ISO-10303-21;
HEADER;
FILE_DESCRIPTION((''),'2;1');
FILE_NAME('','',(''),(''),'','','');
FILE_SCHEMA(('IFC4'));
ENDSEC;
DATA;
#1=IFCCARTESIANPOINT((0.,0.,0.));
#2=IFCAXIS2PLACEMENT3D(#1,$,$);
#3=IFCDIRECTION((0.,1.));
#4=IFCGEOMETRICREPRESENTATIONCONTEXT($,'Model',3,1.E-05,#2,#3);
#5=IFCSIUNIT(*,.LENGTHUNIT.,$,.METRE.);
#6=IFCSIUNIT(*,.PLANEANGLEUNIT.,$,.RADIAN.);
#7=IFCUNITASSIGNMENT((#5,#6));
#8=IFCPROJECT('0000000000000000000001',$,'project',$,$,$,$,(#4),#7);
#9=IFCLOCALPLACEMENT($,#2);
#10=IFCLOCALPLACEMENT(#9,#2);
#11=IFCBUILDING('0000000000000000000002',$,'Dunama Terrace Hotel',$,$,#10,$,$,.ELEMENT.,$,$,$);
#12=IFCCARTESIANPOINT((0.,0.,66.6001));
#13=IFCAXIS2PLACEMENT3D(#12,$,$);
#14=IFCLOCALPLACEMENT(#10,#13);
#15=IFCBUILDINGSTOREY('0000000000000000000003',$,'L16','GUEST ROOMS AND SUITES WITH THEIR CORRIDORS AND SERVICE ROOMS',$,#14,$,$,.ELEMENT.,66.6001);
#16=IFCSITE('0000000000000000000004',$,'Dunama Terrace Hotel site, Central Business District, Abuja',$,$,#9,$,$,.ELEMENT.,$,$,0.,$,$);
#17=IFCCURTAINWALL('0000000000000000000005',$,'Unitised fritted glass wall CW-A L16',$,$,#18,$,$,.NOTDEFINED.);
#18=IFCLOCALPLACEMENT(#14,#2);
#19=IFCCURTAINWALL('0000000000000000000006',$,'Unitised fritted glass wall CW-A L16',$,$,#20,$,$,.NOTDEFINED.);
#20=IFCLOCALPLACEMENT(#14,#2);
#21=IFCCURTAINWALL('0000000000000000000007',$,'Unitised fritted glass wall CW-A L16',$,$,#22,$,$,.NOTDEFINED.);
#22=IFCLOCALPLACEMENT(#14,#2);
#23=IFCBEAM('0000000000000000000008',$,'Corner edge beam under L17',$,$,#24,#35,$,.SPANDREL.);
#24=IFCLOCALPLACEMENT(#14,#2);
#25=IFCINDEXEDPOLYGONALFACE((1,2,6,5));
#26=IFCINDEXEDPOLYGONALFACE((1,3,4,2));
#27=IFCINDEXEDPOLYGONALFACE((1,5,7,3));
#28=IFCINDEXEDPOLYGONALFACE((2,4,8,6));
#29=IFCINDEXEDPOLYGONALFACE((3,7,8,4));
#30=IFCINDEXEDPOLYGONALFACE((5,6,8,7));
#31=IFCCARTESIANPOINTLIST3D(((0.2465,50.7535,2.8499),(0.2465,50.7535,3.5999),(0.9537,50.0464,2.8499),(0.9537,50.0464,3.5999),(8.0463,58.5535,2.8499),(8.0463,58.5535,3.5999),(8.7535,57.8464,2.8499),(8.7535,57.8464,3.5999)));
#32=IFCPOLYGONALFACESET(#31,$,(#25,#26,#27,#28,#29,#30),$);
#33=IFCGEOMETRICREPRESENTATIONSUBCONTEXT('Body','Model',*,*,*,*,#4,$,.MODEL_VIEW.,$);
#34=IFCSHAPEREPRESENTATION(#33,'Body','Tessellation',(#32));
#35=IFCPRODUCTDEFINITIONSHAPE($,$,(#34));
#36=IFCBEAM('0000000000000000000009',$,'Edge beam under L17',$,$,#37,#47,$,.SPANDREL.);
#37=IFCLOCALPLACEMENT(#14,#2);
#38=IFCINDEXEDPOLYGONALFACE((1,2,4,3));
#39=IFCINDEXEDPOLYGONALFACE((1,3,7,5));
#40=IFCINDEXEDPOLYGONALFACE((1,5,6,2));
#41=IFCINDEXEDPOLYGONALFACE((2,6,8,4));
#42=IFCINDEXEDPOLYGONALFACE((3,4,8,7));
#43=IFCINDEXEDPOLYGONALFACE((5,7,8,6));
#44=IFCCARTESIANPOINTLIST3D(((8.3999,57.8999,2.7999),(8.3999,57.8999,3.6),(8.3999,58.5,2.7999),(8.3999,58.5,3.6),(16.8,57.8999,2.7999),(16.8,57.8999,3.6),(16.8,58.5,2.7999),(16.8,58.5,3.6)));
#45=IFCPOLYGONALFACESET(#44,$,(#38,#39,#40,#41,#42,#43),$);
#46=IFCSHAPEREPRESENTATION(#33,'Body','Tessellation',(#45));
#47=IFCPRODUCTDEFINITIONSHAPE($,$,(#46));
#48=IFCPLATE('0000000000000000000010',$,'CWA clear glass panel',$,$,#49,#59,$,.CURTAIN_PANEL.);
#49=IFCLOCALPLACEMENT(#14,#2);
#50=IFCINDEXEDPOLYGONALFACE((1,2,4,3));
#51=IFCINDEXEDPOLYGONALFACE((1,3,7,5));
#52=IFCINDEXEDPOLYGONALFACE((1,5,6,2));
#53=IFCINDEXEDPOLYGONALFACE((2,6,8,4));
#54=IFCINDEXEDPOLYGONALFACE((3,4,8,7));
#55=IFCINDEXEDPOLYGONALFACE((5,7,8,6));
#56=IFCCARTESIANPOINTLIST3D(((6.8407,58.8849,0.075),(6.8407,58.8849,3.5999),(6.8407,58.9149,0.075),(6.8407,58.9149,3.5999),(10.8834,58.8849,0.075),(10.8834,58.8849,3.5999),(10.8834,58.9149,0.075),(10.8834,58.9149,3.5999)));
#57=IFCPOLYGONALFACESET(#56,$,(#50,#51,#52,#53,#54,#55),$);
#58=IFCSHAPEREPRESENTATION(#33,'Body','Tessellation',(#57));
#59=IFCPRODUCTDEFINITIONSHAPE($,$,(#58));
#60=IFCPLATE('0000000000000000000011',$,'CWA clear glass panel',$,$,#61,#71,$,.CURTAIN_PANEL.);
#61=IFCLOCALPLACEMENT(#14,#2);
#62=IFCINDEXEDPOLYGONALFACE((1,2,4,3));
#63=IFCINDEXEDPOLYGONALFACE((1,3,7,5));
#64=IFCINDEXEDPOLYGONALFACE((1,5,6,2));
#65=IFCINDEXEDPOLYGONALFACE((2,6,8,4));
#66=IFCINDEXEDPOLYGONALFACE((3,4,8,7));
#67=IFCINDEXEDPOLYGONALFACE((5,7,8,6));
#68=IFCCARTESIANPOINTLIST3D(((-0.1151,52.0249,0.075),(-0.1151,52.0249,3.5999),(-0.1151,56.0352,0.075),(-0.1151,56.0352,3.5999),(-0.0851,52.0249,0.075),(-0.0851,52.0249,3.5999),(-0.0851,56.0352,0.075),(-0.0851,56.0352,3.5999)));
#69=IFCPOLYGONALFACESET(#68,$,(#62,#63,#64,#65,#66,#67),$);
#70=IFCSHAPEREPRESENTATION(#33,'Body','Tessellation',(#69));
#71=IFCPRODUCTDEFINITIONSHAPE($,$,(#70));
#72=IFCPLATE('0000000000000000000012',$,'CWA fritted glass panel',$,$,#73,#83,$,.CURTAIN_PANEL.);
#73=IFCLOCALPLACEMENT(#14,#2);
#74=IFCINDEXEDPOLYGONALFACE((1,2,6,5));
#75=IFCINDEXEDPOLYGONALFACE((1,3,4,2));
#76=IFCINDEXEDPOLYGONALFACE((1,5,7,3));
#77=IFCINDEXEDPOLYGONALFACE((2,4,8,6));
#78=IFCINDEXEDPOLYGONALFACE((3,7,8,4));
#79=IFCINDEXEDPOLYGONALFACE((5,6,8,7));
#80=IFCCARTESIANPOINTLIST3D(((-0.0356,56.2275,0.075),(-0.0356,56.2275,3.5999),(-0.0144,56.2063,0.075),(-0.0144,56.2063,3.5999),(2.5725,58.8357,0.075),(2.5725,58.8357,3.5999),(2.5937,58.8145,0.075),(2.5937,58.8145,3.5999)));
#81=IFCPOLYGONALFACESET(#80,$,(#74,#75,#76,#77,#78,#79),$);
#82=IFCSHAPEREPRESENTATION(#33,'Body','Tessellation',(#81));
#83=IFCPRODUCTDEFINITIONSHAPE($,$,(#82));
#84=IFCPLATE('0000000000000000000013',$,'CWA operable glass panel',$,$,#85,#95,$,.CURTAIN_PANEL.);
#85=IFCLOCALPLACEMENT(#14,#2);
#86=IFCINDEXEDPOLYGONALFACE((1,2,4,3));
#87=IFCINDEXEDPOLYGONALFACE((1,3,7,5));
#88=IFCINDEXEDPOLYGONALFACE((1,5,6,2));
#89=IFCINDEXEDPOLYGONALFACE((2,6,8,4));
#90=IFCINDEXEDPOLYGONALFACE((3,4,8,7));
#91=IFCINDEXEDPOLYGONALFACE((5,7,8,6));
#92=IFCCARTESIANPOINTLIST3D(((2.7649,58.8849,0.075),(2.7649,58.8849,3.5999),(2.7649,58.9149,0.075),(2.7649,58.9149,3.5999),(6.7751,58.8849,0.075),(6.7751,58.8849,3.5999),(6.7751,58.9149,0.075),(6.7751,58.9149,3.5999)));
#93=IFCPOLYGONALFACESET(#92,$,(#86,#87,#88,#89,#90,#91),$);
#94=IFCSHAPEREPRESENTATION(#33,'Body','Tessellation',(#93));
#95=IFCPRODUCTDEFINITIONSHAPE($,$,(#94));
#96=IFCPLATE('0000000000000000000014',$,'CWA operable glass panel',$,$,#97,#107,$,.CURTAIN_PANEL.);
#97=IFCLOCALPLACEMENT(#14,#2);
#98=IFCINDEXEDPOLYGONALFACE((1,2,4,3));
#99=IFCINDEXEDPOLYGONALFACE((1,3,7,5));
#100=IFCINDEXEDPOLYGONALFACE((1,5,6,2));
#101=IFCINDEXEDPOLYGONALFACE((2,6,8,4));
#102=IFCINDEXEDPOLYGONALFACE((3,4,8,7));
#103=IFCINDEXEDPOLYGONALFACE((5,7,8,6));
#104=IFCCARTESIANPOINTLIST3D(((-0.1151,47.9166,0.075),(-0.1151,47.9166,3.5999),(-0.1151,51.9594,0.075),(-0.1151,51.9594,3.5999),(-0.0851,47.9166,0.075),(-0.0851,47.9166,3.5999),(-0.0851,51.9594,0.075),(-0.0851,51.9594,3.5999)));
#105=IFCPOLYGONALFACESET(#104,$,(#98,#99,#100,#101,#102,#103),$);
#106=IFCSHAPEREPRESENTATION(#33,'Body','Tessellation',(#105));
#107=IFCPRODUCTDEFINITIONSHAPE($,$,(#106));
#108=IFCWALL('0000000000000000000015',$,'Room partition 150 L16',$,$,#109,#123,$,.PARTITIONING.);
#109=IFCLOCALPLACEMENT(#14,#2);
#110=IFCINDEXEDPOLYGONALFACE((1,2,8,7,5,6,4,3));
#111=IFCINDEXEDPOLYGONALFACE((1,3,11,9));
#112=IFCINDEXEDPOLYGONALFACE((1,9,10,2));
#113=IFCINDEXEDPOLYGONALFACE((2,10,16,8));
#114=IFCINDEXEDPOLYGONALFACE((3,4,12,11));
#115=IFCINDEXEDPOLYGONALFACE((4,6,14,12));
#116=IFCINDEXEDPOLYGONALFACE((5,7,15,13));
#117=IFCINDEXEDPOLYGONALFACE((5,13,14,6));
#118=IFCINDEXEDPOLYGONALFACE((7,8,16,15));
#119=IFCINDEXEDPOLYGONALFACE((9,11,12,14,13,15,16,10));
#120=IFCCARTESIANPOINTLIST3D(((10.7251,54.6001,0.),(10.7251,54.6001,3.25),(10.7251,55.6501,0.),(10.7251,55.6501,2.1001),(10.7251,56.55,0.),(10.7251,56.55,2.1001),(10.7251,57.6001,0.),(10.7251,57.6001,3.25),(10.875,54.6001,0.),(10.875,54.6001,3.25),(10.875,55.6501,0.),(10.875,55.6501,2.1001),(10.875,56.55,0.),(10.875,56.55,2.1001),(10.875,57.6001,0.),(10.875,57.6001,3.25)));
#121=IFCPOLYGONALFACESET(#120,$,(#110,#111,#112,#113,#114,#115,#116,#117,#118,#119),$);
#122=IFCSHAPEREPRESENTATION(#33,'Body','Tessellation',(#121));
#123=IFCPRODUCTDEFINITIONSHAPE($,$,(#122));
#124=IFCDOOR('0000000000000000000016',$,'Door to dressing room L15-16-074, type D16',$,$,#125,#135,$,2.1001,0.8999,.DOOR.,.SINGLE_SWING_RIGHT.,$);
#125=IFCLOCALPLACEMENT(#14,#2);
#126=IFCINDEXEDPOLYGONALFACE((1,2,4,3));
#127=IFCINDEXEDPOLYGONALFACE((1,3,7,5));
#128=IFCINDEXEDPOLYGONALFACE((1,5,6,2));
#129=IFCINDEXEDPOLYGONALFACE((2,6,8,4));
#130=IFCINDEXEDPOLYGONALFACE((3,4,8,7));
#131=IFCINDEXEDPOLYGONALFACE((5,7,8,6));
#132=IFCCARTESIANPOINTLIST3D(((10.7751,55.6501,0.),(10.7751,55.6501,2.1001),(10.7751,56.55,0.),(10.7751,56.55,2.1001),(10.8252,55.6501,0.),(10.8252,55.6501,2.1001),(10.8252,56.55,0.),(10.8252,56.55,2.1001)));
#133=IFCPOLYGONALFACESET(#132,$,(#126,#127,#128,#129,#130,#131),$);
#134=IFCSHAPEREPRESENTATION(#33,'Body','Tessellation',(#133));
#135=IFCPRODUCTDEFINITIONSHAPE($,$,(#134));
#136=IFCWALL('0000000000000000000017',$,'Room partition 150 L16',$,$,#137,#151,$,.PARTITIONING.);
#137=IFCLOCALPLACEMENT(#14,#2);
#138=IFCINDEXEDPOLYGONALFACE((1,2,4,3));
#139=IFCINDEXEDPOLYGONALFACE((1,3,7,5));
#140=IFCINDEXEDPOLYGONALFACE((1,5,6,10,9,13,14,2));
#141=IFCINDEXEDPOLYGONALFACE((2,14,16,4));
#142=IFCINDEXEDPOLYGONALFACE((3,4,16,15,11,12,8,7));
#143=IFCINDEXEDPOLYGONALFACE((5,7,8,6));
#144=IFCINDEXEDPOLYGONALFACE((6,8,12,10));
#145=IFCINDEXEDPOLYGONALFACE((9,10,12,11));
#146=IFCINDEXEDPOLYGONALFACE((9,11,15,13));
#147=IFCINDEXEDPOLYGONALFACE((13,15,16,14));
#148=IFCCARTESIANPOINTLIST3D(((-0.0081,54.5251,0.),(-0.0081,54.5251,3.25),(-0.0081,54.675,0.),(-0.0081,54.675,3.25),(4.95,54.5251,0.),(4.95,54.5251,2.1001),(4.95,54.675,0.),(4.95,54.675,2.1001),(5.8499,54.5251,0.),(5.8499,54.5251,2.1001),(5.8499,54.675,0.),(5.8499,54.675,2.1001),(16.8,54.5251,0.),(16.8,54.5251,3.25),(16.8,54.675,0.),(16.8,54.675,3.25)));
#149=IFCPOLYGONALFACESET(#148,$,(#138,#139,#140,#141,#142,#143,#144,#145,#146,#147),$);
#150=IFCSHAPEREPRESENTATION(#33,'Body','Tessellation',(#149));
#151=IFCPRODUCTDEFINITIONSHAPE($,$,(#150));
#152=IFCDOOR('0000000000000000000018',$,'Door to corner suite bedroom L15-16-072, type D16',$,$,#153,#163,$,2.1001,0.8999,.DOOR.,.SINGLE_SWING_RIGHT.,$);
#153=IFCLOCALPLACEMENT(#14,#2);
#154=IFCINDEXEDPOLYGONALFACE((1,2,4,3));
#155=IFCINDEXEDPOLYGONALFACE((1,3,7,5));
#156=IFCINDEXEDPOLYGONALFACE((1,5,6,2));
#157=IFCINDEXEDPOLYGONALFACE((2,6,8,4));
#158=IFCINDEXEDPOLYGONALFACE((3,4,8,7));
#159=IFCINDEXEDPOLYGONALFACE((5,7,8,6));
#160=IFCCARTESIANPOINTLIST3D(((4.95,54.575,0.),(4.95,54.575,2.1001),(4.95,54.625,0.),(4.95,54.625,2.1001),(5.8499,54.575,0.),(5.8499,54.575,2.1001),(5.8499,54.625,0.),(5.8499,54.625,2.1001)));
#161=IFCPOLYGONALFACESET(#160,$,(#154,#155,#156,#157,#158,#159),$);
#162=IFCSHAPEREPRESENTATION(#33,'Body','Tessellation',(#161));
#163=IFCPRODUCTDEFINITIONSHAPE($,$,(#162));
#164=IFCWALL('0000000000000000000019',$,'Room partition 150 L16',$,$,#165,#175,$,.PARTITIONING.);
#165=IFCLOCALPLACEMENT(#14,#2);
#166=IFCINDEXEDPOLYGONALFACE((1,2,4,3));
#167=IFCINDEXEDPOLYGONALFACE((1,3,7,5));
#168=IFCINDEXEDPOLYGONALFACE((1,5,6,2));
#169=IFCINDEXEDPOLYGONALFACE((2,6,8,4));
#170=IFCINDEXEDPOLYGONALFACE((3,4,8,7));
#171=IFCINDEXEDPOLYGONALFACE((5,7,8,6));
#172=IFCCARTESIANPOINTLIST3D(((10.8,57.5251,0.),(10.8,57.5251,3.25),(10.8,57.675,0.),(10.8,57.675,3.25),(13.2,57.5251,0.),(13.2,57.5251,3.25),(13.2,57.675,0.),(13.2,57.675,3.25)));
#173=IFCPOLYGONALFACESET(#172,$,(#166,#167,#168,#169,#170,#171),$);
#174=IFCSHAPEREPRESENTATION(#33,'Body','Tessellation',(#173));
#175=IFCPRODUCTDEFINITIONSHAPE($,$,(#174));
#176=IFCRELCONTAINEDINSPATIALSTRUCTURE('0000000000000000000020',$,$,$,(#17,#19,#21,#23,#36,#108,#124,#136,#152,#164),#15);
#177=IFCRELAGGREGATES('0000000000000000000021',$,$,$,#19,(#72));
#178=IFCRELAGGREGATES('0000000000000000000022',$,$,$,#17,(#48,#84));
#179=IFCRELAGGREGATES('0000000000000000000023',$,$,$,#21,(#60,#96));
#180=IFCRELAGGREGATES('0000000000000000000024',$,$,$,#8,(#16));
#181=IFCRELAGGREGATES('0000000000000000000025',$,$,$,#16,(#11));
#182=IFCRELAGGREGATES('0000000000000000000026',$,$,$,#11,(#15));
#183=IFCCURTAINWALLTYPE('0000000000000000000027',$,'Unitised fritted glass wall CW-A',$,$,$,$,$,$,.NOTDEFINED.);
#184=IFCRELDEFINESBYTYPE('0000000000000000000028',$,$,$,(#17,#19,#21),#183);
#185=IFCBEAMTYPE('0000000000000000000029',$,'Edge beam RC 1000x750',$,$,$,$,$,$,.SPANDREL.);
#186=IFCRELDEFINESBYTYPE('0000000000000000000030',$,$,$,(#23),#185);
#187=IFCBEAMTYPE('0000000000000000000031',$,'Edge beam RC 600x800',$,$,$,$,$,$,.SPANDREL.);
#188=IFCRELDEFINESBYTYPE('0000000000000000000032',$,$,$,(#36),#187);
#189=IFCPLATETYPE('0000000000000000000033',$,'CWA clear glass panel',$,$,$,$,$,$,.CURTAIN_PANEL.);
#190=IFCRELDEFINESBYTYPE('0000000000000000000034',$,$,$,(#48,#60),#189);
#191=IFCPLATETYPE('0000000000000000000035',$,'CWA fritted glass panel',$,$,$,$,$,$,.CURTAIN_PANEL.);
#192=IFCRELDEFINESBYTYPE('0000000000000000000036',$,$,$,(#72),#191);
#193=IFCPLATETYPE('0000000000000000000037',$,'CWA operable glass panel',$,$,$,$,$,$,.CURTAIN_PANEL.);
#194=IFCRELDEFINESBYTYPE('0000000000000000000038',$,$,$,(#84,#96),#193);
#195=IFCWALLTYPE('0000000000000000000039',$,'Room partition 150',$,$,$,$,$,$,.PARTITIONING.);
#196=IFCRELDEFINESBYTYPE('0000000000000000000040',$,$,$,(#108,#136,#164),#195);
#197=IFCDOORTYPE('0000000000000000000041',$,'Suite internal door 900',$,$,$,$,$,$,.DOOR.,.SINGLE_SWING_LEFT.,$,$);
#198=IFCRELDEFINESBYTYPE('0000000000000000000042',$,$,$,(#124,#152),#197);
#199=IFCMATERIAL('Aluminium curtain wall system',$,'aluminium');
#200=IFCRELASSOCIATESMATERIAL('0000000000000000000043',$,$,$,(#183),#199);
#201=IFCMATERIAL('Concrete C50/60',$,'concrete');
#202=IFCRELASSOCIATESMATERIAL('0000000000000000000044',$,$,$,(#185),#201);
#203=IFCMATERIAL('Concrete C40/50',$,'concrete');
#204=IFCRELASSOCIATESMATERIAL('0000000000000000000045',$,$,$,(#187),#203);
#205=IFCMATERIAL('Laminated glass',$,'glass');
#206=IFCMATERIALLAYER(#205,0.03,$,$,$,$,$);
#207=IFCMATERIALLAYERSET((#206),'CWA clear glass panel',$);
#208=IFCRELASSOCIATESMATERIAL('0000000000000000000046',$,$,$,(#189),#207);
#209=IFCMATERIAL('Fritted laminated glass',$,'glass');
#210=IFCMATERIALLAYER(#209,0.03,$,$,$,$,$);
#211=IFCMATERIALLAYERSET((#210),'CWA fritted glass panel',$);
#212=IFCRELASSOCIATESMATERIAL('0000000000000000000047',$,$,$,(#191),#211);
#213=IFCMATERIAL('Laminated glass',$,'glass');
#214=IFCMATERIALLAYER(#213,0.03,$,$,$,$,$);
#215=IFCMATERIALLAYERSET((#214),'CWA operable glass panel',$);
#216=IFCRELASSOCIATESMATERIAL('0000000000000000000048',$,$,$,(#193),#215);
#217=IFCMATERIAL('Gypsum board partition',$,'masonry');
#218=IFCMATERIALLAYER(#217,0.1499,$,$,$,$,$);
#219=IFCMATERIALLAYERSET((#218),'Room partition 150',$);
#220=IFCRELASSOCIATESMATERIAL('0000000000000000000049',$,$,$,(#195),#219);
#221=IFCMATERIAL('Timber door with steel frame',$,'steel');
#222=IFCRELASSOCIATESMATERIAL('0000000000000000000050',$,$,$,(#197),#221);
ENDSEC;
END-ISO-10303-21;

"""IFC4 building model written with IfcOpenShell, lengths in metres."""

from ifc_helpers import new_model, si_unit, direction, frame, frame_2d, origin, origin_2d, place, context, subcontext, project, spatial, rectangle, extrude, material, layer, layer_set, material_profile, profile_set, type_object, element, fill, aggregate, save


model = new_model("IFC4")

# Units and contexts
model_context = context("Model", 3, precision=1e-05, world=origin(), true_north=direction((0.0, 1.0)))
body_context = subcontext(model_context, "Body", "Model", "MODEL_VIEW")
ifc_project = project(units=[si_unit("LENGTHUNIT", "METRE"), si_unit("PLANEANGLEUNIT", "RADIAN")], contexts=[model_context])

# Site, building, storey
site_placement = place(None, origin())
site = spatial("IfcSite", under=ifc_project, at=site_placement, Name="Dunama Terrace Hotel site, Central Business District, Abuja", CompositionType="ELEMENT", RefElevation=0.0)
building_placement = place(site_placement, origin())
building = spatial("IfcBuilding", under=site, at=building_placement, Name="Dunama Terrace Hotel", CompositionType="ELEMENT")
storey_placement = place(building_placement, frame((0.0, 0.0, 66.6001)))
storey = spatial("IfcBuildingStorey", under=building, at=storey_placement, Name="L16", Description="GUEST ROOMS AND SUITES WITH THEIR CORRIDORS AND SERVICE ROOMS", CompositionType="ELEMENT", Elevation=66.6001)

# Curtain walls
ifc_material_1 = material(Name="Aluminium curtain wall system", Category="aluminium")
curtain_wall_type = type_object("IfcCurtainWallType", Name="Unitised fritted glass wall CW-A", PredefinedType="NOTDEFINED", material=ifc_material_1)
curtain_wall_1_placement = place(storey_placement, origin())
curtain_wall_1 = element("IfcCurtainWall", 1, at=curtain_wall_1_placement, inside=storey, type_object=curtain_wall_type, Name="Unitised fritted glass wall CW-A L16", PredefinedType="NOTDEFINED")
curtain_wall_2_placement = place(storey_placement, origin())
curtain_wall_2 = element("IfcCurtainWall", 2, at=curtain_wall_2_placement, inside=storey, type_object=curtain_wall_type, Name="Unitised fritted glass wall CW-A L16", PredefinedType="NOTDEFINED")
curtain_wall_3_placement = place(storey_placement, origin())
curtain_wall_3 = element("IfcCurtainWall", 3, at=curtain_wall_3_placement, inside=storey, type_object=curtain_wall_type, Name="Unitised fritted glass wall CW-A L16", PredefinedType="NOTDEFINED")

# Beams
ifc_material_2 = material(Name="Concrete C50/60", Category="concrete")
ifc_material_profile_1 = material_profile(ifc_material_2, rectangle(XDim=1.0, YDim=0.75, at=origin_2d()), Name="RC 1000x750")
ifc_profile_set_1 = profile_set([ifc_material_profile_1], Name="Concrete C50/60")
beam_type_1 = type_object("IfcBeamType", Name="Edge beam RC 1000x750", PredefinedType="SPANDREL", material=ifc_profile_set_1)
beam_1_placement = place(storey_placement, frame((8.3999, 58.2, 3.2249), z_axis=(-0.707096, -0.707118, 0.0), x_axis=(0.707118, -0.707096, 0.0)))
element("IfcBeam", 4, at=beam_1_placement, inside=storey, type_object=beam_type_1, Name="Corner edge beam under L17", PredefinedType="SPANDREL", context=body_context, shape_type="SweptSolid", body=[
    extrude(rectangle(XDim=1.0, YDim=0.75, at=origin_2d()), origin(), (0.0, 0.0, 1.0), 11.0308),
])
ifc_material_3 = material(Name="Concrete C40/50", Category="concrete")
ifc_material_profile_2 = material_profile(ifc_material_3, rectangle(XDim=0.6001, YDim=0.8, at=origin_2d()), Name="RC 600x800")
ifc_profile_set_2 = profile_set([ifc_material_profile_2], Name="Concrete C40/50")
beam_type_2 = type_object("IfcBeamType", Name="Edge beam RC 600x800", PredefinedType="SPANDREL", material=ifc_profile_set_2)
beam_2_placement = place(storey_placement, frame((8.3999, 58.2, 3.2), z_axis=(1.0, 0.0, 0.0), x_axis=(0.0, 1.0, 0.0)))
element("IfcBeam", 5, at=beam_2_placement, inside=storey, type_object=beam_type_2, Name="Edge beam under L17", PredefinedType="SPANDREL", context=body_context, shape_type="SweptSolid", body=[
    extrude(rectangle(XDim=0.6001, YDim=0.8, at=origin_2d()), origin(), (0.0, 0.0, 1.0), 8.4001),
])

# Plates
ifc_material_4 = material(Name="Laminated glass", Category="glass")
ifc_layer_1 = layer(ifc_material_4, 0.03)
ifc_layer_set_1 = layer_set([ifc_layer_1], Name="CWA clear glass panel")
plate_type_1 = type_object("IfcPlateType", Name="CWA clear glass panel", PredefinedType="CURTAIN_PANEL", material=ifc_layer_set_1)
plate_1_placement = place(storey_placement, frame((8.8621, 58.8999, 0.075), z_axis=(0.0, 0.0, 1.0), x_axis=(-1.0, 0.0, 0.0)))
plate_1 = element("IfcPlate", 6, at=plate_1_placement, type_object=plate_type_1, Name="CWA clear glass panel", PredefinedType="CURTAIN_PANEL", context=body_context, shape_type="SweptSolid", body=[
    extrude(rectangle(XDim=4.0427, YDim=0.03, at=origin_2d()), origin(), (0.0, 0.0, 1.0), 3.5249),
])
plate_2_placement = place(storey_placement, frame((-0.1001, 54.03, 0.075), z_axis=(0.0, 0.0, 1.0), x_axis=(0.0, -1.0, 0.0)))
plate_2 = element("IfcPlate", 7, at=plate_2_placement, type_object=plate_type_1, Name="CWA clear glass panel", PredefinedType="CURTAIN_PANEL", context=body_context, shape_type="SweptSolid", body=[
    extrude(rectangle(XDim=4.0103, YDim=0.03, at=origin_2d()), origin(), (0.0, 0.0, 1.0), 3.5249),
])
ifc_material_5 = material(Name="Fritted laminated glass", Category="glass")
ifc_layer_2 = layer(ifc_material_5, 0.03)
ifc_layer_set_2 = layer_set([ifc_layer_2], Name="CWA fritted glass panel")
plate_type_2 = type_object("IfcPlateType", Name="CWA fritted glass panel", PredefinedType="CURTAIN_PANEL", material=ifc_layer_set_2)
plate_3_placement = place(storey_placement, frame((1.2791, 57.521, 0.075), z_axis=(0.0, 0.0, 1.0), x_axis=(-0.707107, -0.707107, 0.0)))
plate_3 = element("IfcPlate", 8, at=plate_3_placement, type_object=plate_type_2, Name="CWA fritted glass panel", PredefinedType="CURTAIN_PANEL", context=body_context, shape_type="SweptSolid", body=[
    extrude(rectangle(XDim=3.6885, YDim=0.03, at=origin_2d()), origin(), (0.0, 0.0, 1.0), 3.5249),
])
aggregate(curtain_wall_2, [plate_3])
ifc_material_6 = material(Name="Laminated glass", Category="glass")
ifc_layer_3 = layer(ifc_material_6, 0.03)
ifc_layer_set_3 = layer_set([ifc_layer_3], Name="CWA operable glass panel")
plate_type_3 = type_object("IfcPlateType", Name="CWA operable glass panel", PredefinedType="CURTAIN_PANEL", material=ifc_layer_set_3)
plate_4_placement = place(storey_placement, frame((4.77, 58.8999, 0.075), z_axis=(0.0, 0.0, 1.0), x_axis=(-1.0, 0.0, 0.0)))
plate_4 = element("IfcPlate", 9, at=plate_4_placement, type_object=plate_type_3, Name="CWA operable glass panel", PredefinedType="CURTAIN_PANEL", context=body_context, shape_type="SweptSolid", body=[
    extrude(rectangle(XDim=4.0103, YDim=0.03, at=origin_2d()), origin(), (0.0, 0.0, 1.0), 3.5249),
])
aggregate(curtain_wall_1, [plate_1, plate_4])
plate_5_placement = place(storey_placement, frame((-0.1001, 49.938, 0.075), z_axis=(0.0, 0.0, 1.0), x_axis=(0.0, -1.0, 0.0)))
plate_5 = element("IfcPlate", 10, at=plate_5_placement, type_object=plate_type_3, Name="CWA operable glass panel", PredefinedType="CURTAIN_PANEL", context=body_context, shape_type="SweptSolid", body=[
    extrude(rectangle(XDim=4.0427, YDim=0.03, at=origin_2d()), origin(), (0.0, 0.0, 1.0), 3.5249),
])
aggregate(curtain_wall_3, [plate_2, plate_5])

# Walls, openings, doors
ifc_material_7 = material(Name="Gypsum board partition", Category="masonry")
ifc_layer_4 = layer(ifc_material_7, 0.1499)
ifc_layer_set_4 = layer_set([ifc_layer_4], Name="Room partition 150")
wall_type = type_object("IfcWallType", Name="Room partition 150", PredefinedType="PARTITIONING", material=ifc_layer_set_4)
wall_1_placement = place(storey_placement, frame((10.8, 54.6001, 0.0), z_axis=(0.0, 0.0, 1.0), x_axis=(0.0, 1.0, 0.0)))
wall_1 = element("IfcWall", 11, at=wall_1_placement, inside=storey, type_object=wall_type, Name="Room partition 150 L16", PredefinedType="PARTITIONING", context=body_context, shape_type="SweptSolid", body=[
    extrude(rectangle(XDim=3.0, YDim=0.1499, at=frame_2d((1.5, 0.0))), origin(), (0.0, 0.0, 1.0), 3.25),
])
opening_1_placement = place(wall_1_placement, frame((1.05, 0.0, 0.0)))
opening_1 = element("IfcOpeningElement", 12, at=opening_1_placement, cuts=wall_1, PredefinedType="OPENING", context=body_context, shape_type="SweptSolid", body=[
    extrude(rectangle(XDim=0.8999, YDim=2.1001, at=frame_2d((0.45, 1.05))), frame((0.0, 0.085, 0.0), z_axis=(0.0, -1.0, 0.0), x_axis=(1.0, 0.0, 0.0)), (0.0, 0.0, 1.0), 0.1699),
])
ifc_material_8 = material(Name="Timber door with steel frame", Category="steel")
door_type = type_object("IfcDoorType", Name="Suite internal door 900", OperationType="SINGLE_SWING_LEFT", PredefinedType="DOOR", material=ifc_material_8)
door_1_placement = place(opening_1_placement, frame((0.8999, 0.0, 0.0), z_axis=(0.0, 0.0, 1.0), x_axis=(-1.0, 0.0, 0.0)))
door_1 = element("IfcDoor", 13, at=door_1_placement, inside=storey, type_object=door_type, Name="Door to dressing room L15-16-074, type D16", OperationType="SINGLE_SWING_RIGHT", OverallHeight=2.1001, OverallWidth=0.8999, PredefinedType="DOOR", context=body_context, shape_type="SweptSolid", body=[
    extrude(rectangle(XDim=0.8999, YDim=2.1001, at=frame_2d((0.45, 1.05))), frame((0.0, 0.0251, 0.0), z_axis=(0.0, -1.0, 0.0), x_axis=(1.0, 0.0, 0.0)), (0.0, 0.0, 1.0), 0.05),
])
fill(opening_1, door_1)
wall_2_placement = place(storey_placement, frame((-0.0081, 54.6001, 0.0), z_axis=(0.0, 0.0, 1.0), x_axis=(1.0, 0.0, 0.0)))
wall_2 = element("IfcWall", 14, at=wall_2_placement, inside=storey, type_object=wall_type, Name="Room partition 150 L16", PredefinedType="PARTITIONING", context=body_context, shape_type="SweptSolid", body=[
    extrude(rectangle(XDim=16.8081, YDim=0.1499, at=frame_2d((8.4041, 0.0))), origin(), (0.0, 0.0, 1.0), 3.25),
])
opening_2_placement = place(wall_2_placement, frame((4.958, 0.0, 0.0)))
opening_2 = element("IfcOpeningElement", 15, at=opening_2_placement, cuts=wall_2, PredefinedType="OPENING", context=body_context, shape_type="SweptSolid", body=[
    extrude(rectangle(XDim=0.8999, YDim=2.1001, at=frame_2d((0.45, 1.05))), frame((0.0, 0.085, 0.0), z_axis=(0.0, -1.0, 0.0), x_axis=(1.0, 0.0, 0.0)), (0.0, 0.0, 1.0), 0.1699),
])
door_2_placement = place(opening_2_placement, origin())
door_2 = element("IfcDoor", 16, at=door_2_placement, inside=storey, type_object=door_type, Name="Door to corner suite bedroom L15-16-072, type D16", OperationType="SINGLE_SWING_RIGHT", OverallHeight=2.1001, OverallWidth=0.8999, PredefinedType="DOOR", context=body_context, shape_type="SweptSolid", body=[
    extrude(rectangle(XDim=0.8999, YDim=2.1001, at=frame_2d((0.45, 1.05))), frame((0.0, 0.0249, 0.0), z_axis=(0.0, -1.0, 0.0), x_axis=(1.0, 0.0, 0.0)), (0.0, 0.0, 1.0), 0.05),
])
fill(opening_2, door_2)

# Wall
wall_3_placement = place(storey_placement, frame((10.8, 57.6001, 0.0), z_axis=(0.0, 0.0, 1.0), x_axis=(1.0, 0.0, 0.0)))
element("IfcWall", 17, at=wall_3_placement, inside=storey, type_object=wall_type, Name="Room partition 150 L16", PredefinedType="PARTITIONING", context=body_context, shape_type="SweptSolid", body=[
    extrude(rectangle(XDim=2.3999, YDim=0.1499, at=frame_2d((1.2, 0.0))), origin(), (0.0, 0.0, 1.0), 3.25),
])

save(model, "model.ifc")
